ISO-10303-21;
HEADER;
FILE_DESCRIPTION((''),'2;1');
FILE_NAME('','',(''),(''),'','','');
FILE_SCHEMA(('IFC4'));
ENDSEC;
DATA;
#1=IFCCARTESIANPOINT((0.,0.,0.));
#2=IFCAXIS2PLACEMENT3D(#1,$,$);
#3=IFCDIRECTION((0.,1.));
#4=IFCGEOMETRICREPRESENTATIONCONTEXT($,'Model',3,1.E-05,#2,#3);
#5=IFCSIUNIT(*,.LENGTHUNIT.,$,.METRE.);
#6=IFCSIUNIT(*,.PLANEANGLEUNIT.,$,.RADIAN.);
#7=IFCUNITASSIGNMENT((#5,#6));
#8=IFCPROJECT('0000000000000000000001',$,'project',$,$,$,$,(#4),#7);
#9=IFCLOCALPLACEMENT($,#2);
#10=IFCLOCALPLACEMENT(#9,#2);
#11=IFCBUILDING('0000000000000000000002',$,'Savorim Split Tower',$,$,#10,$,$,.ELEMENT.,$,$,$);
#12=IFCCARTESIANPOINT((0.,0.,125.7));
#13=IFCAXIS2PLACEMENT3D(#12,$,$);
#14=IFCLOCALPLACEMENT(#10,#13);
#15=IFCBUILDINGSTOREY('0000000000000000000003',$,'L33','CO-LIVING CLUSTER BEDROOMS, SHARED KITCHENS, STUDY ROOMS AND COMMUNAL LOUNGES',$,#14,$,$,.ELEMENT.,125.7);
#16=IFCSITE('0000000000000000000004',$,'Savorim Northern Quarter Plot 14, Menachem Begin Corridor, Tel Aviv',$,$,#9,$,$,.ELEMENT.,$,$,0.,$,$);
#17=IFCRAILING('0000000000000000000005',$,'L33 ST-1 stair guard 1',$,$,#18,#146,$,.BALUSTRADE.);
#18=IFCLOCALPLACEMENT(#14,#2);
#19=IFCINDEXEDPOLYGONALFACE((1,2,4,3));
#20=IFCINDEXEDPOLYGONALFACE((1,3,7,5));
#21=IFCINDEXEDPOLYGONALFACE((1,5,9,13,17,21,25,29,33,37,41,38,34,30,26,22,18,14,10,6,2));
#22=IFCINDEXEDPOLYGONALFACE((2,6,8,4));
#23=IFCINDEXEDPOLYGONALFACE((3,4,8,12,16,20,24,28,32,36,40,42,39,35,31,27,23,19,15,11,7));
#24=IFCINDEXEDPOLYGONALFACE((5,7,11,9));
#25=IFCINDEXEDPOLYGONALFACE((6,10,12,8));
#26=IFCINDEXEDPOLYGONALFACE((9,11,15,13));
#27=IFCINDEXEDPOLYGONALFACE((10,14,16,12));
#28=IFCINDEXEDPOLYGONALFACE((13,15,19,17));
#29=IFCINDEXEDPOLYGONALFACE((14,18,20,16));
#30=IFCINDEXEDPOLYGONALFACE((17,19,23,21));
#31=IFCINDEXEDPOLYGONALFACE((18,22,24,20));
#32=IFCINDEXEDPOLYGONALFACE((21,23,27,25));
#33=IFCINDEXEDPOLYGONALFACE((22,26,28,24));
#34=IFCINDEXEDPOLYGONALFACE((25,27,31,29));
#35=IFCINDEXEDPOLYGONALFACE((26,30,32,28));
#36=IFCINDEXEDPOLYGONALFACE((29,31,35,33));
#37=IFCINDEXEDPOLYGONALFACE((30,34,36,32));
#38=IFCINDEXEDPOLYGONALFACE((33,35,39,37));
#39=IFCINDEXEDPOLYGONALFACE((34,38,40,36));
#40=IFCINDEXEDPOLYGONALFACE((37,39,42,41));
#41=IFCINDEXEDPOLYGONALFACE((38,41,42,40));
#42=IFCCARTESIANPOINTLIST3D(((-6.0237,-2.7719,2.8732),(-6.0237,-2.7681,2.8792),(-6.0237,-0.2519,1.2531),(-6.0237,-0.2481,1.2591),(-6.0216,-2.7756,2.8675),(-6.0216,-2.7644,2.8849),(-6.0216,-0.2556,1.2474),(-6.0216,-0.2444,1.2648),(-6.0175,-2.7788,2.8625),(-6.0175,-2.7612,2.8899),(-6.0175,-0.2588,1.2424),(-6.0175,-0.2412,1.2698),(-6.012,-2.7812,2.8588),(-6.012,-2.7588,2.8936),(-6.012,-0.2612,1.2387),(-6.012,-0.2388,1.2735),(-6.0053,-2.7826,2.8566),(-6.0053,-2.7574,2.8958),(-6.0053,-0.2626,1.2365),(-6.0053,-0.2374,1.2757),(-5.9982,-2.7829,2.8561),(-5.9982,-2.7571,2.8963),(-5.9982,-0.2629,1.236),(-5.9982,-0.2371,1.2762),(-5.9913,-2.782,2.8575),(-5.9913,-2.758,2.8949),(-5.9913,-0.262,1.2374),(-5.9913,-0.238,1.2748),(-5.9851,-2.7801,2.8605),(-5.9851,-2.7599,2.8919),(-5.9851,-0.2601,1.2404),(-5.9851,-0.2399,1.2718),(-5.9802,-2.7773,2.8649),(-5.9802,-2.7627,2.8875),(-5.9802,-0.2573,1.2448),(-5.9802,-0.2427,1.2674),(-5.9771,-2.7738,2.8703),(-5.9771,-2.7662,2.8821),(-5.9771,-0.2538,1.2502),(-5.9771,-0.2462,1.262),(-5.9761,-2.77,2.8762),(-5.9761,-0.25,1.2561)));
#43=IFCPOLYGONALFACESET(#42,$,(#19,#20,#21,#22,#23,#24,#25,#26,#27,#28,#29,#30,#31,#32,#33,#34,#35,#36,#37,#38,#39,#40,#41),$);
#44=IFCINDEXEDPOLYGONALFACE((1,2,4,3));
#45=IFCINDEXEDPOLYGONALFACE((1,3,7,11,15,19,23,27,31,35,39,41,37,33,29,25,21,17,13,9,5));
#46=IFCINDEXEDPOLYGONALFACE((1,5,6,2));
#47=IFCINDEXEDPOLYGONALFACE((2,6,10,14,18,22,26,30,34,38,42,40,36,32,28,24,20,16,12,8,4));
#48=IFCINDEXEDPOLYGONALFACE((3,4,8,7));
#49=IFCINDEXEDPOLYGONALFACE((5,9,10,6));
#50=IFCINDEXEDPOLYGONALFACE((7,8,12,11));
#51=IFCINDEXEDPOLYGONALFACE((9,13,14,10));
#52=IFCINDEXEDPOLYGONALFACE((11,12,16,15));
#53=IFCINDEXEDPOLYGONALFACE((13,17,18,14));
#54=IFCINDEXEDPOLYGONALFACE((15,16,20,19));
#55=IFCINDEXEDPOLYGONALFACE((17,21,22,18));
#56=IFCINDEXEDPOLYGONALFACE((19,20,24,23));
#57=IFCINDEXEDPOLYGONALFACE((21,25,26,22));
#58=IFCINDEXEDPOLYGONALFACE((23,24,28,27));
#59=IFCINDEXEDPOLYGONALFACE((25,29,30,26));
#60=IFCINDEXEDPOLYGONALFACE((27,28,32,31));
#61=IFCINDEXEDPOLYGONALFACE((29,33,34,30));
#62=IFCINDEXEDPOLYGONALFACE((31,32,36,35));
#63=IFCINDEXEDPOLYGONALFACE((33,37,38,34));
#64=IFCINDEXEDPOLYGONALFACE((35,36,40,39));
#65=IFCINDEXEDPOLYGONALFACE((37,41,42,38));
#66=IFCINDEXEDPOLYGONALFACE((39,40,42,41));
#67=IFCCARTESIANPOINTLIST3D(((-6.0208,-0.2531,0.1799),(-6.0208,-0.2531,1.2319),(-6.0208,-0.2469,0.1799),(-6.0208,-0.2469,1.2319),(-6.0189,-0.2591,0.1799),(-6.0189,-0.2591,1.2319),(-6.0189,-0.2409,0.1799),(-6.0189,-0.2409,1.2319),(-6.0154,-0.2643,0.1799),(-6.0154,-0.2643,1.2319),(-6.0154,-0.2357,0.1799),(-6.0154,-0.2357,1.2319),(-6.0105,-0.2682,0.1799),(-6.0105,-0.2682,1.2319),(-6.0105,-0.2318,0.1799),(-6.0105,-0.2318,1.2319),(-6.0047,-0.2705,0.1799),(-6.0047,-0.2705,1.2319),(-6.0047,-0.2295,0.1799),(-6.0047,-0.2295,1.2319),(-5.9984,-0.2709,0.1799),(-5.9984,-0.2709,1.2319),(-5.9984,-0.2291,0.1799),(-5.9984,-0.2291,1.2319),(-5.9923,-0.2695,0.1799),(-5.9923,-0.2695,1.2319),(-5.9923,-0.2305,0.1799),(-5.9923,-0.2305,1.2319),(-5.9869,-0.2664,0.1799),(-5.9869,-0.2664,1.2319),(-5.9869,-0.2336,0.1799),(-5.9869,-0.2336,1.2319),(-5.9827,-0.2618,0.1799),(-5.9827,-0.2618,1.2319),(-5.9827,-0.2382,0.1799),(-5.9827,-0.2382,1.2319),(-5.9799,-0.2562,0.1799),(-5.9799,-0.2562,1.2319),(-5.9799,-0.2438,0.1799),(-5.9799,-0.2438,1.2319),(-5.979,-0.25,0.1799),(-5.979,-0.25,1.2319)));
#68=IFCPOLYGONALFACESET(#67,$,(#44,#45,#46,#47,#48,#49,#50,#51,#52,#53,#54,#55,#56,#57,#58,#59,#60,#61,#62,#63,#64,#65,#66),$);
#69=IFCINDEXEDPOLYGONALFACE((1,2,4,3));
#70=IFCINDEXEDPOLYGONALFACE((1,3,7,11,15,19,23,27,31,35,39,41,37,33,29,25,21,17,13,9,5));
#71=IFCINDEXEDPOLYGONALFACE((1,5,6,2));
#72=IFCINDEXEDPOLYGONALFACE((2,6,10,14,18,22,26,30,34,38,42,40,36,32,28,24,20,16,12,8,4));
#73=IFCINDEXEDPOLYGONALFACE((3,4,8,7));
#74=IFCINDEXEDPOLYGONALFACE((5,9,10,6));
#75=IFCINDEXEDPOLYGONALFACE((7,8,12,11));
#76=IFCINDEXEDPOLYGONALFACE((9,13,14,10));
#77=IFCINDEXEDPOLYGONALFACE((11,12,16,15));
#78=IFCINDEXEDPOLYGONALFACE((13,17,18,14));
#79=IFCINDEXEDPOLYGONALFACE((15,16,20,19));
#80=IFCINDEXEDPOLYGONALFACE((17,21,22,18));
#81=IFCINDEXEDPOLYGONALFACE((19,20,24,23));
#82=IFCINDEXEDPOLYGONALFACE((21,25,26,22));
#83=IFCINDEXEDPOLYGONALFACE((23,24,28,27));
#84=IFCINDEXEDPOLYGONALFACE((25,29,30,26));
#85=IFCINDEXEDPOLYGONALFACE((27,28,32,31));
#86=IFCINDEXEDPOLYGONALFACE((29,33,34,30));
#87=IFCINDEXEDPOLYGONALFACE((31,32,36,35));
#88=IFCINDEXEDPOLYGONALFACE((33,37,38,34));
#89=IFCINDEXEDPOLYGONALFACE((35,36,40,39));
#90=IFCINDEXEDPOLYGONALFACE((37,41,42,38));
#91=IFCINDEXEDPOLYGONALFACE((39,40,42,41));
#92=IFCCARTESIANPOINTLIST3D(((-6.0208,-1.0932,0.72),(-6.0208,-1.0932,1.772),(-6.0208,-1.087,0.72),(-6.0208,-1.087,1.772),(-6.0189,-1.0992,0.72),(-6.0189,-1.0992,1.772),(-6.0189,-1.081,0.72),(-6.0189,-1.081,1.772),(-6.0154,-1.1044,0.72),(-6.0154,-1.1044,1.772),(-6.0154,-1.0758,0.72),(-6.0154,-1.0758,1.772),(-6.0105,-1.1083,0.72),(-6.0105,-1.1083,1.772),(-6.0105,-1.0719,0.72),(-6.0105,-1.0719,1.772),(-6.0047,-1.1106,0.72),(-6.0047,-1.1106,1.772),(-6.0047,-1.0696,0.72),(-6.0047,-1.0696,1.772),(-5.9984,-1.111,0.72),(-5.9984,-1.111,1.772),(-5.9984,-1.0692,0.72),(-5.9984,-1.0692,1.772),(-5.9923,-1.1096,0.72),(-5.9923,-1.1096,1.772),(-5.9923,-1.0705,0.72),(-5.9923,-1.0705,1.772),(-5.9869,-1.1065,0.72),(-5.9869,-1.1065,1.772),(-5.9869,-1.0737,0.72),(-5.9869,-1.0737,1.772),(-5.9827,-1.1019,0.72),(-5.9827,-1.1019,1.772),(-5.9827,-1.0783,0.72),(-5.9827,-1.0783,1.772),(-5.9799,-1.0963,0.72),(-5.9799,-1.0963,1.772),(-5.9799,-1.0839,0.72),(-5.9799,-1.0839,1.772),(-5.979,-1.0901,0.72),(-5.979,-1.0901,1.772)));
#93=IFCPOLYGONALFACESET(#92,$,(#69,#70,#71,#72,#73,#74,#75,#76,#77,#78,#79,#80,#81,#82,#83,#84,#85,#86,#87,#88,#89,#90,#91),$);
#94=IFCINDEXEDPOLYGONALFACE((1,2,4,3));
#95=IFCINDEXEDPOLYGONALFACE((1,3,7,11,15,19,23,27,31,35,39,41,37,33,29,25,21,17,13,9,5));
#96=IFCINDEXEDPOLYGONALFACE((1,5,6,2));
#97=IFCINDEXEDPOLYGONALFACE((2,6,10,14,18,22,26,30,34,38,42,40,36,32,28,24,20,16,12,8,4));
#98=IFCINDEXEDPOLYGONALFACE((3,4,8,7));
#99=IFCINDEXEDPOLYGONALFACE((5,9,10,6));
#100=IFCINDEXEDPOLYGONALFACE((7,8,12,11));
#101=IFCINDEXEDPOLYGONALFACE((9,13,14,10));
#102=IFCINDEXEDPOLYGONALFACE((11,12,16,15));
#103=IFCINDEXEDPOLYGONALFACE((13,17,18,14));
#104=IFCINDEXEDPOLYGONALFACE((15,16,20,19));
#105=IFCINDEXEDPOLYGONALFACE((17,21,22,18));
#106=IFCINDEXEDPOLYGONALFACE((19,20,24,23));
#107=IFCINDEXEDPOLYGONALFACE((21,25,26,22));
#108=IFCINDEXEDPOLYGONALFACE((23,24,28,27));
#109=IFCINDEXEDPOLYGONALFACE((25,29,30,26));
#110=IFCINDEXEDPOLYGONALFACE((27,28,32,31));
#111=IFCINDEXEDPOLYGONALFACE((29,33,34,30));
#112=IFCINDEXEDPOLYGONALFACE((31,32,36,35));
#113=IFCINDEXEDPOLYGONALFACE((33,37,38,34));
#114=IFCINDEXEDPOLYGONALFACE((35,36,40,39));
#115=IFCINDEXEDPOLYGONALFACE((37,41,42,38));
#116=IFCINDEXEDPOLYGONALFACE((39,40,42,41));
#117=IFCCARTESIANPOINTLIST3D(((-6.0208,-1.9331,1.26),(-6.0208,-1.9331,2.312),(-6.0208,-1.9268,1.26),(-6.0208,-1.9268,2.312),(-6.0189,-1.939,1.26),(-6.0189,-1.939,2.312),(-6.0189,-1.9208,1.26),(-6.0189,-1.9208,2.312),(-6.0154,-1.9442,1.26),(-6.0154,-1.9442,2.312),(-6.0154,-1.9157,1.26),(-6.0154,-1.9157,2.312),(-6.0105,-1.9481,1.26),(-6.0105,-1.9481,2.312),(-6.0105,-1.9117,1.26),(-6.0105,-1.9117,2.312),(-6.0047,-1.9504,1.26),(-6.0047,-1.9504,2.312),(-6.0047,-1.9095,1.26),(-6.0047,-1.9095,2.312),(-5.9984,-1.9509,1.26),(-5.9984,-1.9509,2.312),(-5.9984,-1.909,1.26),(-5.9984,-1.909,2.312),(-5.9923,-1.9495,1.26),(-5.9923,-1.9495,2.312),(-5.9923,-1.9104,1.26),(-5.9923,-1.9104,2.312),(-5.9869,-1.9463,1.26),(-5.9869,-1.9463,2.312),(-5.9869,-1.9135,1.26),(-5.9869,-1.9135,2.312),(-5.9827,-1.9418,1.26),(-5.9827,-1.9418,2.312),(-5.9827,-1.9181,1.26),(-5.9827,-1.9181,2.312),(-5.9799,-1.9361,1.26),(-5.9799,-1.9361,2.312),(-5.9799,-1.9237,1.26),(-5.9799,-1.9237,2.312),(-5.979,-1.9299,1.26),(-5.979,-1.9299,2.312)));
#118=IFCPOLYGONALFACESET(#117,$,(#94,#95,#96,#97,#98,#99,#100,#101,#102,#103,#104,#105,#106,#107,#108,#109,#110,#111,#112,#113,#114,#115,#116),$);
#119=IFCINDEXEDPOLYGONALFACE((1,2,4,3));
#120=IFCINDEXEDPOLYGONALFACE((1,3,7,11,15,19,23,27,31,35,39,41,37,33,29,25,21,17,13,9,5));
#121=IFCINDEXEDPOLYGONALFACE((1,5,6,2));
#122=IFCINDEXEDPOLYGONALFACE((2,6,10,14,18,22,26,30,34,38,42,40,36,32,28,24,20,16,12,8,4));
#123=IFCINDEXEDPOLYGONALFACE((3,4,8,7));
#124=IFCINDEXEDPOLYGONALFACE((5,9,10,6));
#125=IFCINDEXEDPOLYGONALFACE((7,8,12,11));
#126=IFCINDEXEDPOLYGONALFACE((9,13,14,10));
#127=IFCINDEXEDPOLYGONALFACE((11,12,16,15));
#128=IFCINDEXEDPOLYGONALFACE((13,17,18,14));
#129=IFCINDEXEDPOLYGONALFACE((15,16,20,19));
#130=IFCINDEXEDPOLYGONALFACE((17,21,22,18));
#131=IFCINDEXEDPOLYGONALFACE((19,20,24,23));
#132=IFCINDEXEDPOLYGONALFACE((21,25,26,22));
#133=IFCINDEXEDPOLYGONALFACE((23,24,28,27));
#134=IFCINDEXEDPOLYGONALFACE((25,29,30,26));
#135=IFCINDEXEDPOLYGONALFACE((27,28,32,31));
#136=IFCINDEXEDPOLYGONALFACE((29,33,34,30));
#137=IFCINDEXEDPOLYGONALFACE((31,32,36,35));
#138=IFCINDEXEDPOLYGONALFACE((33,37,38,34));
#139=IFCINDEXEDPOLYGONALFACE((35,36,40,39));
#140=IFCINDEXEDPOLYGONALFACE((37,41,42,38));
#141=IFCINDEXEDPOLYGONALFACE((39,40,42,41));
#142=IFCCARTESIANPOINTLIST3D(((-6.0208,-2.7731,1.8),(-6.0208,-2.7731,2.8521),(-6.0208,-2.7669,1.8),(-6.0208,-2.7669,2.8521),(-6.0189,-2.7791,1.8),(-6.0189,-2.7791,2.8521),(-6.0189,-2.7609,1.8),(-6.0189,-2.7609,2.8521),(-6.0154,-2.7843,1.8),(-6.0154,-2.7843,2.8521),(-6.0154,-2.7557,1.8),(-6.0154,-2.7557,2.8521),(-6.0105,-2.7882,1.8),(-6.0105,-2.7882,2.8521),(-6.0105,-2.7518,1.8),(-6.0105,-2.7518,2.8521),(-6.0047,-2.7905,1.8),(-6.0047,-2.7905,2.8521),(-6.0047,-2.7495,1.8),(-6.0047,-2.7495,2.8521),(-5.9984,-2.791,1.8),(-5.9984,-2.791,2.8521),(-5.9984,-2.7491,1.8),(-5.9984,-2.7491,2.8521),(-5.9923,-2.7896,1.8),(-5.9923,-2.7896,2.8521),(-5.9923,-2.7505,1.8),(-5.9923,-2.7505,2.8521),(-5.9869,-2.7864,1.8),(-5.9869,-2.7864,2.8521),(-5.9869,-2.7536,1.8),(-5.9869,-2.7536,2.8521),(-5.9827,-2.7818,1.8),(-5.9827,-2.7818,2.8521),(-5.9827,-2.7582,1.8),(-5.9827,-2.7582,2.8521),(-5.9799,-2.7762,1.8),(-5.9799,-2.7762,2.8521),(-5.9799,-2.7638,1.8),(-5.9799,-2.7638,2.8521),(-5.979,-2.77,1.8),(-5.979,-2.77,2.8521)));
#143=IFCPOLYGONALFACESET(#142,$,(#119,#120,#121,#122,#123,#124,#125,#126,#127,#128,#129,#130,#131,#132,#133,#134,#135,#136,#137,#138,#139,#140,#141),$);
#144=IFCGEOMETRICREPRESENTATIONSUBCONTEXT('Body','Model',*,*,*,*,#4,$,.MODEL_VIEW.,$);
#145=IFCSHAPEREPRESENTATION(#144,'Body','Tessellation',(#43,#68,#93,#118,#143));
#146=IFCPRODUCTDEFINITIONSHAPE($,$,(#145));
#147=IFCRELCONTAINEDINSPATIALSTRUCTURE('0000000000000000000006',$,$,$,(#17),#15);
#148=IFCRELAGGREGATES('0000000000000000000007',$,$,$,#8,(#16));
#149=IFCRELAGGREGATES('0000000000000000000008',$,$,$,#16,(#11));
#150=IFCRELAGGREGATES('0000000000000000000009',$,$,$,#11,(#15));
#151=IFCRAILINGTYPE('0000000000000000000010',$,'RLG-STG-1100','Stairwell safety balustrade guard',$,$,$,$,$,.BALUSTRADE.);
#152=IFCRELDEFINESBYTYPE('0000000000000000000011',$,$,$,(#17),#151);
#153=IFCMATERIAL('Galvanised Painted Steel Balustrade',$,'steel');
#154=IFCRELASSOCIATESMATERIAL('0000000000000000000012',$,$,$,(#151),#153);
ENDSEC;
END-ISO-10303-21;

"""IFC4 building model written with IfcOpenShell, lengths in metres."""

from ifc_helpers import new_model, si_unit, direction, frame, origin, origin_2d, place, context, subcontext, project, spatial, circle, extrude, material, type_object, element, save


model = new_model("IFC4")

# Units and contexts
model_context = context("Model", 3, precision=1e-05, world=origin(), true_north=direction((0.0, 1.0)))
body_context = subcontext(model_context, "Body", "Model", "MODEL_VIEW")
ifc_project = project(units=[si_unit("LENGTHUNIT", "METRE"), si_unit("PLANEANGLEUNIT", "RADIAN")], contexts=[model_context])

# Site, building, storey
site_placement = place(None, origin())
site = spatial("IfcSite", under=ifc_project, at=site_placement, Name="Savorim Northern Quarter Plot 14, Menachem Begin Corridor, Tel Aviv", CompositionType="ELEMENT", RefElevation=0.0)
building_placement = place(site_placement, origin())
building = spatial("IfcBuilding", under=site, at=building_placement, Name="Savorim Split Tower", CompositionType="ELEMENT")
storey_placement = place(building_placement, frame((0.0, 0.0, 125.7)))
storey = spatial("IfcBuildingStorey", under=building, at=storey_placement, Name="L33", Description="CO-LIVING CLUSTER BEDROOMS, SHARED KITCHENS, STUDY ROOMS AND COMMUNAL LOUNGES", CompositionType="ELEMENT", Elevation=125.7)

# Railing
ifc_material_1 = material(Name="Galvanised Painted Steel Balustrade", Category="steel")
railing_type_1 = type_object("IfcRailingType", Name="RLG-STG-1100", Description="Stairwell safety balustrade guard", PredefinedType="BALUSTRADE", material=ifc_material_1)
railing_1_placement = place(storey_placement, frame((-6.0, -0.25, 0.1799)))
element("IfcRailing", 1, at=railing_1_placement, inside=storey, type_object=railing_type_1, Name="L33 ST-1 stair guard 1", PredefinedType="BALUSTRADE", context=body_context, shape_type="SweptSolid", body=[
    extrude(circle(Radius=0.0239, at=origin_2d()), frame((0.0, 0.0, 1.0762), z_axis=(0.0, -0.841163, 0.540782), x_axis=(1.0, 0.0, 0.0)), (0.0, 0.0, 1.0), 2.9958),
    extrude(circle(Radius=0.021, at=origin_2d()), origin(), (0.0, 0.0, 1.0), 1.052),
    extrude(circle(Radius=0.021, at=origin_2d()), frame((0.0, -0.8401, 0.54)), (0.0, 0.0, 1.0), 1.052),
    extrude(circle(Radius=0.021, at=origin_2d()), frame((0.0, -1.6799, 1.0801)), (0.0, 0.0, 1.0), 1.052),
    extrude(circle(Radius=0.021, at=origin_2d()), frame((0.0, -2.52, 1.6201)), (0.0, 0.0, 1.0), 1.052),
])

save(model, "model.ifc")
